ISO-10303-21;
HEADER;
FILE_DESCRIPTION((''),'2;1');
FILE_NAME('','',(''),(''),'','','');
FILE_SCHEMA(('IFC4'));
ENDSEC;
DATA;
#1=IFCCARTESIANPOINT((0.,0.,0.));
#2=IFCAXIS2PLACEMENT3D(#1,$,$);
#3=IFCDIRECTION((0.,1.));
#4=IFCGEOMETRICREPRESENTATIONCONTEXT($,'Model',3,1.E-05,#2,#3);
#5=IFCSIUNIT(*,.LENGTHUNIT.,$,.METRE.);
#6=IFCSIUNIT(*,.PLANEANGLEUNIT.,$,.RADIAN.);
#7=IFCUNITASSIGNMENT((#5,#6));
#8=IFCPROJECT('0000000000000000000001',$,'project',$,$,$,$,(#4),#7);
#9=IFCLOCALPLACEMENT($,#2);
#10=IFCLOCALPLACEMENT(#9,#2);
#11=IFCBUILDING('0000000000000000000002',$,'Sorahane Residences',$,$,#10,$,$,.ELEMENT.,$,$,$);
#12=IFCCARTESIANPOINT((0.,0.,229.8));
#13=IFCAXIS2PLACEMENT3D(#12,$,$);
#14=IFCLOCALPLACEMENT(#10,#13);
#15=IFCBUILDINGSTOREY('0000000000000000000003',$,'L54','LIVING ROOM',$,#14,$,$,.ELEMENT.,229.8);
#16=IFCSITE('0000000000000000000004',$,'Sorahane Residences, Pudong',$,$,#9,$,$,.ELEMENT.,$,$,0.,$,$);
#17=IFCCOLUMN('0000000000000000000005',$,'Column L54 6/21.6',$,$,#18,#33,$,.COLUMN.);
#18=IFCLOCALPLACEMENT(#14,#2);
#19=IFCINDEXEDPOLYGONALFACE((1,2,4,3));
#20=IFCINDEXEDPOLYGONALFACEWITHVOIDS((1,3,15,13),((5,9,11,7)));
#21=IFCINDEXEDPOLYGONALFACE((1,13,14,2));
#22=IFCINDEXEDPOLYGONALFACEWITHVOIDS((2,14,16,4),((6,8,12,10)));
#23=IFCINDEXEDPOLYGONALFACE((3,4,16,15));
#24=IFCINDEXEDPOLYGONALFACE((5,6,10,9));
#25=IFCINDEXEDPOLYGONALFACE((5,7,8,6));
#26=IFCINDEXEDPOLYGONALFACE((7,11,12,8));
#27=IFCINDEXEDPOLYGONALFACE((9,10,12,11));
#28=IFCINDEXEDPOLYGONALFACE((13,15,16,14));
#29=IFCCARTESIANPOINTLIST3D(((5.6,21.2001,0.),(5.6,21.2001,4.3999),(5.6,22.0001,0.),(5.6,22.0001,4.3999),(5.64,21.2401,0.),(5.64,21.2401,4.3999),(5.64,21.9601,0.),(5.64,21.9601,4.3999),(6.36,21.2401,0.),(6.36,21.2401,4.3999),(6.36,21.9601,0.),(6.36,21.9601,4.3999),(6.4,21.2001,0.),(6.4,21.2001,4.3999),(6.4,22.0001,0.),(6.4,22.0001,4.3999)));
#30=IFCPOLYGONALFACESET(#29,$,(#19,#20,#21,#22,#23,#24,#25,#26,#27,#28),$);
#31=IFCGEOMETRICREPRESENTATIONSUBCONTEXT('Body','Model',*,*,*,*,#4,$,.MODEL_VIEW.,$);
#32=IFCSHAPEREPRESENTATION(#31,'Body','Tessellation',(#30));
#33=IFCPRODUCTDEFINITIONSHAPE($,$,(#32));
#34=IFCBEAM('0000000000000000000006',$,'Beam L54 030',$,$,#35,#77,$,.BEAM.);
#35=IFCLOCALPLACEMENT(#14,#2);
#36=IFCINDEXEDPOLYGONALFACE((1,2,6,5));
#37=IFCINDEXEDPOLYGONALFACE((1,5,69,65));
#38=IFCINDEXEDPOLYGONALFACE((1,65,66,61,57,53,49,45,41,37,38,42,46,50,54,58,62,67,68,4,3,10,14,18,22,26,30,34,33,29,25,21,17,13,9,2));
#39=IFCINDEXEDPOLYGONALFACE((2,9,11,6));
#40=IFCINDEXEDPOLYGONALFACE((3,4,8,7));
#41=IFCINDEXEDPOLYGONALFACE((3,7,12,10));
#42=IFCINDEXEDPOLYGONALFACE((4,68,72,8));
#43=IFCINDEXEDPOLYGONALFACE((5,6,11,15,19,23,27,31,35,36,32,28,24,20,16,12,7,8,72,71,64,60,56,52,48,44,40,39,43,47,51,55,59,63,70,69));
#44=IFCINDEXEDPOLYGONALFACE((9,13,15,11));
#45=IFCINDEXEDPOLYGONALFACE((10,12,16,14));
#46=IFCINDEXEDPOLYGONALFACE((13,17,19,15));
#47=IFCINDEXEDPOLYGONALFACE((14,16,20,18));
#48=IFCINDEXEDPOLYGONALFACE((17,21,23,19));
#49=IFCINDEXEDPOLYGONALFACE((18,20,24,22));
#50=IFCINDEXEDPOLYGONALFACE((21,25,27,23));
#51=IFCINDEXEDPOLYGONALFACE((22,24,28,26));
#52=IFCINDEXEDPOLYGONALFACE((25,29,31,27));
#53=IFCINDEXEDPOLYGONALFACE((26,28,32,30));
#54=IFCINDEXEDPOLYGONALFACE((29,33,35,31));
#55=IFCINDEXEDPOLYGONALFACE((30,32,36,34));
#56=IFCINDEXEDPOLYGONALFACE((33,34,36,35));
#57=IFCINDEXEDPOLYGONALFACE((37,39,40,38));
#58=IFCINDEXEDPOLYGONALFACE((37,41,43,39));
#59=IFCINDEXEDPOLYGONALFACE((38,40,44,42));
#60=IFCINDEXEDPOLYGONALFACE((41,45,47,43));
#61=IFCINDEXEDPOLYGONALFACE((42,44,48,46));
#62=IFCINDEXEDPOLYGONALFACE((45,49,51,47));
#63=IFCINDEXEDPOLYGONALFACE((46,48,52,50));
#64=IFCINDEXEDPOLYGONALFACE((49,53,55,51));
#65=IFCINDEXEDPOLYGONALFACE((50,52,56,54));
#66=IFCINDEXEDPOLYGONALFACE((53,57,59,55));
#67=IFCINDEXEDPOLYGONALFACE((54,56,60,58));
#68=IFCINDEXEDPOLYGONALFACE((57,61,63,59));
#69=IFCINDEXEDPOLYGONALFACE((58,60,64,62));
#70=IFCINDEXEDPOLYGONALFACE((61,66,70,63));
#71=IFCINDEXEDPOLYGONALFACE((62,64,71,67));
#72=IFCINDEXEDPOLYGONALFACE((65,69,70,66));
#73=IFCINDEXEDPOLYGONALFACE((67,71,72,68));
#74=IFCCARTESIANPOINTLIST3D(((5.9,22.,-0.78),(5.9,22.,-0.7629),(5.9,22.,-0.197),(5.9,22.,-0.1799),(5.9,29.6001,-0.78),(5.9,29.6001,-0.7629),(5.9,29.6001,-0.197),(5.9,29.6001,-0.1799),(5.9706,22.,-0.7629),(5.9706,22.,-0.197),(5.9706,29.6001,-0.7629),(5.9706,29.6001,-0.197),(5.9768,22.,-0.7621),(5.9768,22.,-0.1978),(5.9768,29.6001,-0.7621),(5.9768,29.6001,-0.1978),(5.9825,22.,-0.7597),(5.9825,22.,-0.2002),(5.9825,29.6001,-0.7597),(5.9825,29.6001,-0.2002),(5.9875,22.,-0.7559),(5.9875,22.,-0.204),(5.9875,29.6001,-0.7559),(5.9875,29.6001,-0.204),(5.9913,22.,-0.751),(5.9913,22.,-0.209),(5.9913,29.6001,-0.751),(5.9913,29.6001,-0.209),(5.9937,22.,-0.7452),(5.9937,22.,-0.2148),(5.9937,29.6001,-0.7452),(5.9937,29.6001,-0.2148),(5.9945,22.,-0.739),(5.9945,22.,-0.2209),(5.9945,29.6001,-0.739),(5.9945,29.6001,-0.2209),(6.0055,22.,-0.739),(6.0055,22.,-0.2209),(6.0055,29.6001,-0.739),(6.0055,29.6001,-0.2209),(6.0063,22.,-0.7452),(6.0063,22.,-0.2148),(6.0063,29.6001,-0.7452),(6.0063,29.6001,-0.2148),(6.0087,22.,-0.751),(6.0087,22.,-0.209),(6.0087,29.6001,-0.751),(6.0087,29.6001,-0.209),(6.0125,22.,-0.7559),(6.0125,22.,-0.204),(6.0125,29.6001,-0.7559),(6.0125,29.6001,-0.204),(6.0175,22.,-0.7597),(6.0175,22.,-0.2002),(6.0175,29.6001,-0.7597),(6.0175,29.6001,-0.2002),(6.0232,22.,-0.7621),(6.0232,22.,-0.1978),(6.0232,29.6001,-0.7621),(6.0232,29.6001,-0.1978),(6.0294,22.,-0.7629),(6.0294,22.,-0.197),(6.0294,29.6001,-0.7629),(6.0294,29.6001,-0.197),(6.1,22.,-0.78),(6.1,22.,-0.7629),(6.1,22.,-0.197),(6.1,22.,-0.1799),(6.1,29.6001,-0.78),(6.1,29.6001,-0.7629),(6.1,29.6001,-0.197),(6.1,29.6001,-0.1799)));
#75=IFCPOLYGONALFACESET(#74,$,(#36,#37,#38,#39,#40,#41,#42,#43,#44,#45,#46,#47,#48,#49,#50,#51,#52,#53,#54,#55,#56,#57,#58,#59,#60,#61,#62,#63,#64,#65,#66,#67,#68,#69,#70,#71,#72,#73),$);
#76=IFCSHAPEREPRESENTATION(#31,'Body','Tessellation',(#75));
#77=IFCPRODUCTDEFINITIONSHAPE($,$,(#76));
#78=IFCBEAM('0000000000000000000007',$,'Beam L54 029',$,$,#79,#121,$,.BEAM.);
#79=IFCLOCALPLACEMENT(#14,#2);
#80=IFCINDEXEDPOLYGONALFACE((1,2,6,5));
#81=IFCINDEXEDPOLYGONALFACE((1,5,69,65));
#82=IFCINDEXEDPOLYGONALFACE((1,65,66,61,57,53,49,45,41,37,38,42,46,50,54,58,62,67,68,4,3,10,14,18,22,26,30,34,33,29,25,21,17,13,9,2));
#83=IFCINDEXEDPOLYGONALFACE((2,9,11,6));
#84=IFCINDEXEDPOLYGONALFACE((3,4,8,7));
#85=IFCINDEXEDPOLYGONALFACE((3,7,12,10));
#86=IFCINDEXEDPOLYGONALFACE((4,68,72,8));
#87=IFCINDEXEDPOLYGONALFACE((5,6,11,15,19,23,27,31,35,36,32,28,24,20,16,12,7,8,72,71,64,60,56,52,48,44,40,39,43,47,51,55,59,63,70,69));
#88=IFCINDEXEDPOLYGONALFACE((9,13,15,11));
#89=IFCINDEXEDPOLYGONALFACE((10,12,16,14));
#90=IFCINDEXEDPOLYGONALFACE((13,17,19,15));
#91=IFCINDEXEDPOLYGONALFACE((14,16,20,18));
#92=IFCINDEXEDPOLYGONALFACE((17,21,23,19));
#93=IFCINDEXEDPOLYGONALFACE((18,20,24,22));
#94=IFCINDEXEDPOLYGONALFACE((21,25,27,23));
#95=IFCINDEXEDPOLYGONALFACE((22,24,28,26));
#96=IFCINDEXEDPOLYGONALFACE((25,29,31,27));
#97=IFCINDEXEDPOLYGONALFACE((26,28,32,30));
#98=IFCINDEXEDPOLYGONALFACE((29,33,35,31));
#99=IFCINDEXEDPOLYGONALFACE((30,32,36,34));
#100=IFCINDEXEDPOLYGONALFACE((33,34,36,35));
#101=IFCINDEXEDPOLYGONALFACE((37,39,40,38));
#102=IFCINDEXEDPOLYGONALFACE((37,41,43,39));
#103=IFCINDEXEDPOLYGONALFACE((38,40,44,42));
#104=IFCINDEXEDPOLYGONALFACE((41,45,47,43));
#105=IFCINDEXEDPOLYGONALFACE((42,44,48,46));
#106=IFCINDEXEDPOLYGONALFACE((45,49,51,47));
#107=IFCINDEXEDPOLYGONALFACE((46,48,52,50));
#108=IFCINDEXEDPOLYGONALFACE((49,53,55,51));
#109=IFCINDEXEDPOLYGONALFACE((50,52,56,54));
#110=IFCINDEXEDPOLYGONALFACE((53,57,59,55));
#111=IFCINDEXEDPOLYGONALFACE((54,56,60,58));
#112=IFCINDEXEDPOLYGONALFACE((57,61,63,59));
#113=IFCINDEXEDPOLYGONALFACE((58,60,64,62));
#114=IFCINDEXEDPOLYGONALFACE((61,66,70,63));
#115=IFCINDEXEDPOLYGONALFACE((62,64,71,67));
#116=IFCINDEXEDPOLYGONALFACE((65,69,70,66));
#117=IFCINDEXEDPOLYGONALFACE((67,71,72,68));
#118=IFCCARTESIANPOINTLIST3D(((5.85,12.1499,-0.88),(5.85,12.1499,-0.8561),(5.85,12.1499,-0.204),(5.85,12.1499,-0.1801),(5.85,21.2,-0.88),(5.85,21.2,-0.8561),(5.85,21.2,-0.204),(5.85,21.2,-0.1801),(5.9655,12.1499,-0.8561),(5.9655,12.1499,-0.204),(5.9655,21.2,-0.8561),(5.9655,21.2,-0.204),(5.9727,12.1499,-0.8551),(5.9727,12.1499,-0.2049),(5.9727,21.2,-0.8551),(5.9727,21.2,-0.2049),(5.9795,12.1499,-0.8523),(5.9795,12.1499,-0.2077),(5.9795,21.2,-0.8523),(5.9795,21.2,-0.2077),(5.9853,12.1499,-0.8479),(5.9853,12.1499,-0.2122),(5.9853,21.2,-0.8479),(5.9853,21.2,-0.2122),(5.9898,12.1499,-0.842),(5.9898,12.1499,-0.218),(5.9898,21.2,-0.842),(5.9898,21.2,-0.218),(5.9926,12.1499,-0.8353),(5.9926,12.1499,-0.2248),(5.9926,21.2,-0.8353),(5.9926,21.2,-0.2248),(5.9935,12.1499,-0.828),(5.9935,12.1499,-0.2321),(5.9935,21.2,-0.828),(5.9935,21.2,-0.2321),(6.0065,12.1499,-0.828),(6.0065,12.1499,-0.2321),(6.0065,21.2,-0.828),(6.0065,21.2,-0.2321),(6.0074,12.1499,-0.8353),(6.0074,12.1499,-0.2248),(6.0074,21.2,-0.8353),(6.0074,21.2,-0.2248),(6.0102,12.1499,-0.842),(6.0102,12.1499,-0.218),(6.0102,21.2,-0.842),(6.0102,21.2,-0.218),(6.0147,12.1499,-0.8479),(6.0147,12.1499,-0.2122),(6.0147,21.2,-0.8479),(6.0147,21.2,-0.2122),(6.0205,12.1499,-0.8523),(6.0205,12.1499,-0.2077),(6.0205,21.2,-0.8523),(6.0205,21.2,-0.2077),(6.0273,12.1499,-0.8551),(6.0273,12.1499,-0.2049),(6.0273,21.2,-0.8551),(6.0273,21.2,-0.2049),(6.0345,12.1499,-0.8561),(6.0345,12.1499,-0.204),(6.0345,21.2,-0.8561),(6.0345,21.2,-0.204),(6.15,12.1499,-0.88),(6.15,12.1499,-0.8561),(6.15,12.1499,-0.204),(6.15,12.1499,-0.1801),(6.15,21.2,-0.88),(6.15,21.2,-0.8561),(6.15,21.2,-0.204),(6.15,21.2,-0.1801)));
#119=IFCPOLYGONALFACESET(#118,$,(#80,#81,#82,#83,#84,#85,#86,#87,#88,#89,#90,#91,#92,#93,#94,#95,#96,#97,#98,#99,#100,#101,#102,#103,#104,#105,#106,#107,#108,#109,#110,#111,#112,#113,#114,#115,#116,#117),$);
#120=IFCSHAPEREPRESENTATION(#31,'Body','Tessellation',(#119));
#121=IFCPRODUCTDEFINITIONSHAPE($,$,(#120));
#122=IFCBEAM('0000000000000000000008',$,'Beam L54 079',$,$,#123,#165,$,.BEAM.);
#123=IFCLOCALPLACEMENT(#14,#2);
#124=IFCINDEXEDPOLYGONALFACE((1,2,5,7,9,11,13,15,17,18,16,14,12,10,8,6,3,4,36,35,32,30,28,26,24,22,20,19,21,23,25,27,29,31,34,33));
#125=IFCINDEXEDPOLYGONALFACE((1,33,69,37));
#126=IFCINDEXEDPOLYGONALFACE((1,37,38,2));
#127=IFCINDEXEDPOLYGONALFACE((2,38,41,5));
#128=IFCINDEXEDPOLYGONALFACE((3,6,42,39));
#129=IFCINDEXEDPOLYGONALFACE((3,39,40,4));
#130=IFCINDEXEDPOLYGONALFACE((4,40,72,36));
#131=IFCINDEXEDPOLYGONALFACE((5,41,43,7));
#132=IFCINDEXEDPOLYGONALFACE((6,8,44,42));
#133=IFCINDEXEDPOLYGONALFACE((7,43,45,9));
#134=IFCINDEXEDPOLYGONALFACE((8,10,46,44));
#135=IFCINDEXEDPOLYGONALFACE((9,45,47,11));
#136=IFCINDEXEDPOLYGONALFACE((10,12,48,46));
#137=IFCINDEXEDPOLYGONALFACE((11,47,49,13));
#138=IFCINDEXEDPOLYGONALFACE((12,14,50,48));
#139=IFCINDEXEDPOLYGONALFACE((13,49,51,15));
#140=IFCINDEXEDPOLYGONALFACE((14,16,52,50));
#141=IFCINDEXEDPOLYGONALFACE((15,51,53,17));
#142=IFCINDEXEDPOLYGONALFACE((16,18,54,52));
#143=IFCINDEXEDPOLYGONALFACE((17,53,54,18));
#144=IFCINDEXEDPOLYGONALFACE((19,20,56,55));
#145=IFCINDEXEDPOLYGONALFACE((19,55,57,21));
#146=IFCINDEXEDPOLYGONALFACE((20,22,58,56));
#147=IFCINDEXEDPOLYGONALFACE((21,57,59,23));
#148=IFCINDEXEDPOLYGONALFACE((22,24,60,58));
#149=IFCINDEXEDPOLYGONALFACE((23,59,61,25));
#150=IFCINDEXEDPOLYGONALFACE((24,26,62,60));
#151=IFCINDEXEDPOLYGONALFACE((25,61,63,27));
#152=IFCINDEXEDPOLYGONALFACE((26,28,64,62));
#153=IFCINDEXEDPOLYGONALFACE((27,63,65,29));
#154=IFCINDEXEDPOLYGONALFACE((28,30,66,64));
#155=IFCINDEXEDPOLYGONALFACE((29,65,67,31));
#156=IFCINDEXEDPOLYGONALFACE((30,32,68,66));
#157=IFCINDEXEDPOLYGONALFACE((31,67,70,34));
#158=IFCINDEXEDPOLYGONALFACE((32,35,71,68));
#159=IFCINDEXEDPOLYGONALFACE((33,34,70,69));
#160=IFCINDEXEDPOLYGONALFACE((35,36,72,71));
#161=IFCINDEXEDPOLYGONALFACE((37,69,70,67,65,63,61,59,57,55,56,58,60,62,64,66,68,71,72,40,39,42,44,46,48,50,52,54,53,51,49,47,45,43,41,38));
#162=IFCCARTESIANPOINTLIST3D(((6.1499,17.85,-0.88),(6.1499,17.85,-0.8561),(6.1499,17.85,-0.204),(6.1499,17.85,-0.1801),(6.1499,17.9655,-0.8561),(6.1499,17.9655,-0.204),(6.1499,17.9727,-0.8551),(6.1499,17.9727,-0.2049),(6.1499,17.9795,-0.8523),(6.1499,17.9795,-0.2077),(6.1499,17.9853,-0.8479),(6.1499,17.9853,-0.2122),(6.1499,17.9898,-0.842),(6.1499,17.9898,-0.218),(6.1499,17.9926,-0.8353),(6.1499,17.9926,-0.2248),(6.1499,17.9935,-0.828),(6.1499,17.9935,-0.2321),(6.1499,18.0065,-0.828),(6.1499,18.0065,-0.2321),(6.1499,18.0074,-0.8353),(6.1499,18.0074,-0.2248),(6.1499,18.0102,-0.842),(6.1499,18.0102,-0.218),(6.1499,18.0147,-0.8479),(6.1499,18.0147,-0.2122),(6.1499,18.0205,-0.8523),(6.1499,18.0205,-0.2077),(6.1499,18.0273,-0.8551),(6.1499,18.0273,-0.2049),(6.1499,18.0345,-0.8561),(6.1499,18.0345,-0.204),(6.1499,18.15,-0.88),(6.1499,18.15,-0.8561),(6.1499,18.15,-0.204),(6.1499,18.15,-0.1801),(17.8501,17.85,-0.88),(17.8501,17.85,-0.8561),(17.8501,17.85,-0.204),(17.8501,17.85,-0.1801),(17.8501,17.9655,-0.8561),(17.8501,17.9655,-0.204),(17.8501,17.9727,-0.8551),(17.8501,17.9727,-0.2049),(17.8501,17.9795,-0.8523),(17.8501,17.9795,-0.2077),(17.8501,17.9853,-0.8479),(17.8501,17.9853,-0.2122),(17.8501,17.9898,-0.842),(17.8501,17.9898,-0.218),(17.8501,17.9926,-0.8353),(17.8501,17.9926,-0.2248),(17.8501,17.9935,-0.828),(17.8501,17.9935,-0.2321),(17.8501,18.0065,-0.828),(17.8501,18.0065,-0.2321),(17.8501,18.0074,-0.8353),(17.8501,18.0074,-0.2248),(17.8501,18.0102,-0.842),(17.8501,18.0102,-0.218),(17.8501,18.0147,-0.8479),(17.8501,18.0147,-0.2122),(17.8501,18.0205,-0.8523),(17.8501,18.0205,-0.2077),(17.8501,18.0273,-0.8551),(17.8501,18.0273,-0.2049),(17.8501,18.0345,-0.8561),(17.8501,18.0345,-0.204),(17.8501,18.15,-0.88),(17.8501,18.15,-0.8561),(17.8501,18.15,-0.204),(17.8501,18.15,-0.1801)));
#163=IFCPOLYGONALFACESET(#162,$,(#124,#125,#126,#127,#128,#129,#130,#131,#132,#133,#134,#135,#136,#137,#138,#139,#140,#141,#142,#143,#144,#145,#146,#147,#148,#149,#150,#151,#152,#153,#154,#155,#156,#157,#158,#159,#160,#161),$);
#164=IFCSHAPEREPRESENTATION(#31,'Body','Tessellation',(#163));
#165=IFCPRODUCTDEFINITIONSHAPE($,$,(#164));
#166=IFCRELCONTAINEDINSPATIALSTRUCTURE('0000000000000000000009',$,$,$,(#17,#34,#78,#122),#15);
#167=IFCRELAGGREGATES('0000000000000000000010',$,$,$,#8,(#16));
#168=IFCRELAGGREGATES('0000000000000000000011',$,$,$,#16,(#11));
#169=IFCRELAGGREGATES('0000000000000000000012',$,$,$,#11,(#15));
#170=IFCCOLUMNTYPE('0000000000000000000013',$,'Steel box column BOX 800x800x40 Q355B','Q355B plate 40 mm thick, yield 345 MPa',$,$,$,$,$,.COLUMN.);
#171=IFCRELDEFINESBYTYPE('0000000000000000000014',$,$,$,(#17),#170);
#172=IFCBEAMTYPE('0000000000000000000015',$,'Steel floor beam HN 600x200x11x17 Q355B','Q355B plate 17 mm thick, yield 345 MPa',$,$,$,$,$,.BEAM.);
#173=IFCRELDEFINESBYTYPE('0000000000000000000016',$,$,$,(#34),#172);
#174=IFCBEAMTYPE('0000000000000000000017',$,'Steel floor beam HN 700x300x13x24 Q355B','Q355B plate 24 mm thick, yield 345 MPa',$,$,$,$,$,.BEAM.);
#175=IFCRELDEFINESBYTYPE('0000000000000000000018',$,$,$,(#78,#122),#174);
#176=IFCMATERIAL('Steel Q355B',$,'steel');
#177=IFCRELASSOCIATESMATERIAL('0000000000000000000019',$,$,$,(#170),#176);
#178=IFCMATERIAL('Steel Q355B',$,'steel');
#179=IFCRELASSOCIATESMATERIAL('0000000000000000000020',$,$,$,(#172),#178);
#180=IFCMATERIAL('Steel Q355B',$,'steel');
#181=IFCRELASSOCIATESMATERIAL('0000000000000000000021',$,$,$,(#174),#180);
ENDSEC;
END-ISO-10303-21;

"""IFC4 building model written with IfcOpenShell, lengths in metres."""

from ifc_helpers import new_model, si_unit, direction, frame, origin, origin_2d, place, context, subcontext, project, spatial, hollow_rectangle, i_section, extrude, material, material_profile, profile_set, type_object, element, save


model = new_model("IFC4")

# Units and contexts
model_context = context("Model", 3, precision=1e-05, world=origin(), true_north=direction((0.0, 1.0)))
body_context = subcontext(model_context, "Body", "Model", "MODEL_VIEW")
ifc_project = project(units=[si_unit("LENGTHUNIT", "METRE"), si_unit("PLANEANGLEUNIT", "RADIAN")], contexts=[model_context])

# Site, building, storey
site_placement = place(None, origin())
site = spatial("IfcSite", under=ifc_project, at=site_placement, Name="Sorahane Residences, Pudong", CompositionType="ELEMENT", RefElevation=0.0)
building_placement = place(site_placement, origin())
building = spatial("IfcBuilding", under=site, at=building_placement, Name="Sorahane Residences", CompositionType="ELEMENT")
storey_placement = place(building_placement, frame((0.0, 0.0, 229.8)))
storey = spatial("IfcBuildingStorey", under=building, at=storey_placement, Name="L54", Description="LIVING ROOM", CompositionType="ELEMENT", Elevation=229.8)

# Column
ifc_material_1 = material(Name="Steel Q355B", Category="steel")
ifc_material_profile_1 = material_profile(ifc_material_1, hollow_rectangle(XDim=0.8, YDim=0.8, WallThickness=0.04, at=origin_2d()), Name="BOX 800x800x40")
ifc_profile_set_1 = profile_set([ifc_material_profile_1], Name="Steel Q355B")
column_type = type_object("IfcColumnType", Name="Steel box column BOX 800x800x40 Q355B", Description="Q355B plate 40 mm thick, yield 345 MPa", PredefinedType="COLUMN", material=ifc_profile_set_1)
column_placement = place(storey_placement, frame((6.0, 21.6001, 0.0), z_axis=(0.0, 0.0, 1.0), x_axis=(1.0, 0.0, 0.0)))
element("IfcColumn", 1, at=column_placement, inside=storey, type_object=column_type, Name="Column L54 6/21.6", PredefinedType="COLUMN", context=body_context, shape_type="SweptSolid", body=[
    extrude(hollow_rectangle(XDim=0.8, YDim=0.8, WallThickness=0.04, at=origin_2d()), origin(), (0.0, 0.0, 1.0), 4.3999),
])

# Beams
ifc_material_2 = material(Name="Steel Q355B", Category="steel")
ifc_material_profile_2 = material_profile(ifc_material_2, i_section(OverallWidth=0.2, OverallDepth=0.6001, WebThickness=0.011, FlangeThickness=0.0171, FilletRadius=0.0239, at=origin_2d()), Name="HN 600x200x11x17")
ifc_profile_set_2 = profile_set([ifc_material_profile_2], Name="Steel Q355B")
beam_type_1 = type_object("IfcBeamType", Name="Steel floor beam HN 600x200x11x17 Q355B", Description="Q355B plate 17 mm thick, yield 345 MPa", PredefinedType="BEAM", material=ifc_profile_set_2)
beam_1_placement = place(storey_placement, frame((6.0, 22.0, -0.48), z_axis=(0.0, 1.0, 0.0), x_axis=(-1.0, 0.0, 0.0)))
element("IfcBeam", 2, at=beam_1_placement, inside=storey, type_object=beam_type_1, Name="Beam L54 030", PredefinedType="BEAM", context=body_context, shape_type="SweptSolid", body=[
    extrude(i_section(OverallWidth=0.2, OverallDepth=0.6001, WebThickness=0.011, FlangeThickness=0.0171, FilletRadius=0.0239, at=origin_2d()), origin(), (0.0, 0.0, 1.0), 7.6001),
])
ifc_material_3 = material(Name="Steel Q355B", Category="steel")
ifc_material_profile_3 = material_profile(ifc_material_3, i_section(OverallWidth=0.3, OverallDepth=0.7, WebThickness=0.0129, FlangeThickness=0.0239, FilletRadius=0.0281, at=origin_2d()), Name="HN 700x300x13x24")
ifc_profile_set_3 = profile_set([ifc_material_profile_3], Name="Steel Q355B")
beam_type_2 = type_object("IfcBeamType", Name="Steel floor beam HN 700x300x13x24 Q355B", Description="Q355B plate 24 mm thick, yield 345 MPa", PredefinedType="BEAM", material=ifc_profile_set_3)
beam_2_placement = place(storey_placement, frame((6.0, 12.1499, -0.53), z_axis=(0.0, 1.0, 0.0), x_axis=(-1.0, 0.0, 0.0)))
element("IfcBeam", 3, at=beam_2_placement, inside=storey, type_object=beam_type_2, Name="Beam L54 029", PredefinedType="BEAM", context=body_context, shape_type="SweptSolid", body=[
    extrude(i_section(OverallWidth=0.3, OverallDepth=0.7, WebThickness=0.0129, FlangeThickness=0.0239, FilletRadius=0.0281, at=origin_2d()), origin(), (0.0, 0.0, 1.0), 9.05),
])
beam_3_placement = place(storey_placement, frame((6.1499, 18.0, -0.53), z_axis=(1.0, 0.0, 0.0), x_axis=(0.0, 1.0, 0.0)))
element("IfcBeam", 4, at=beam_3_placement, inside=storey, type_object=beam_type_2, Name="Beam L54 079", PredefinedType="BEAM", context=body_context, shape_type="SweptSolid", body=[
    extrude(i_section(OverallWidth=0.3, OverallDepth=0.7, WebThickness=0.0129, FlangeThickness=0.0239, FilletRadius=0.0281, at=origin_2d()), origin(), (0.0, 0.0, 1.0), 11.7002),
])

save(model, "model.ifc")
